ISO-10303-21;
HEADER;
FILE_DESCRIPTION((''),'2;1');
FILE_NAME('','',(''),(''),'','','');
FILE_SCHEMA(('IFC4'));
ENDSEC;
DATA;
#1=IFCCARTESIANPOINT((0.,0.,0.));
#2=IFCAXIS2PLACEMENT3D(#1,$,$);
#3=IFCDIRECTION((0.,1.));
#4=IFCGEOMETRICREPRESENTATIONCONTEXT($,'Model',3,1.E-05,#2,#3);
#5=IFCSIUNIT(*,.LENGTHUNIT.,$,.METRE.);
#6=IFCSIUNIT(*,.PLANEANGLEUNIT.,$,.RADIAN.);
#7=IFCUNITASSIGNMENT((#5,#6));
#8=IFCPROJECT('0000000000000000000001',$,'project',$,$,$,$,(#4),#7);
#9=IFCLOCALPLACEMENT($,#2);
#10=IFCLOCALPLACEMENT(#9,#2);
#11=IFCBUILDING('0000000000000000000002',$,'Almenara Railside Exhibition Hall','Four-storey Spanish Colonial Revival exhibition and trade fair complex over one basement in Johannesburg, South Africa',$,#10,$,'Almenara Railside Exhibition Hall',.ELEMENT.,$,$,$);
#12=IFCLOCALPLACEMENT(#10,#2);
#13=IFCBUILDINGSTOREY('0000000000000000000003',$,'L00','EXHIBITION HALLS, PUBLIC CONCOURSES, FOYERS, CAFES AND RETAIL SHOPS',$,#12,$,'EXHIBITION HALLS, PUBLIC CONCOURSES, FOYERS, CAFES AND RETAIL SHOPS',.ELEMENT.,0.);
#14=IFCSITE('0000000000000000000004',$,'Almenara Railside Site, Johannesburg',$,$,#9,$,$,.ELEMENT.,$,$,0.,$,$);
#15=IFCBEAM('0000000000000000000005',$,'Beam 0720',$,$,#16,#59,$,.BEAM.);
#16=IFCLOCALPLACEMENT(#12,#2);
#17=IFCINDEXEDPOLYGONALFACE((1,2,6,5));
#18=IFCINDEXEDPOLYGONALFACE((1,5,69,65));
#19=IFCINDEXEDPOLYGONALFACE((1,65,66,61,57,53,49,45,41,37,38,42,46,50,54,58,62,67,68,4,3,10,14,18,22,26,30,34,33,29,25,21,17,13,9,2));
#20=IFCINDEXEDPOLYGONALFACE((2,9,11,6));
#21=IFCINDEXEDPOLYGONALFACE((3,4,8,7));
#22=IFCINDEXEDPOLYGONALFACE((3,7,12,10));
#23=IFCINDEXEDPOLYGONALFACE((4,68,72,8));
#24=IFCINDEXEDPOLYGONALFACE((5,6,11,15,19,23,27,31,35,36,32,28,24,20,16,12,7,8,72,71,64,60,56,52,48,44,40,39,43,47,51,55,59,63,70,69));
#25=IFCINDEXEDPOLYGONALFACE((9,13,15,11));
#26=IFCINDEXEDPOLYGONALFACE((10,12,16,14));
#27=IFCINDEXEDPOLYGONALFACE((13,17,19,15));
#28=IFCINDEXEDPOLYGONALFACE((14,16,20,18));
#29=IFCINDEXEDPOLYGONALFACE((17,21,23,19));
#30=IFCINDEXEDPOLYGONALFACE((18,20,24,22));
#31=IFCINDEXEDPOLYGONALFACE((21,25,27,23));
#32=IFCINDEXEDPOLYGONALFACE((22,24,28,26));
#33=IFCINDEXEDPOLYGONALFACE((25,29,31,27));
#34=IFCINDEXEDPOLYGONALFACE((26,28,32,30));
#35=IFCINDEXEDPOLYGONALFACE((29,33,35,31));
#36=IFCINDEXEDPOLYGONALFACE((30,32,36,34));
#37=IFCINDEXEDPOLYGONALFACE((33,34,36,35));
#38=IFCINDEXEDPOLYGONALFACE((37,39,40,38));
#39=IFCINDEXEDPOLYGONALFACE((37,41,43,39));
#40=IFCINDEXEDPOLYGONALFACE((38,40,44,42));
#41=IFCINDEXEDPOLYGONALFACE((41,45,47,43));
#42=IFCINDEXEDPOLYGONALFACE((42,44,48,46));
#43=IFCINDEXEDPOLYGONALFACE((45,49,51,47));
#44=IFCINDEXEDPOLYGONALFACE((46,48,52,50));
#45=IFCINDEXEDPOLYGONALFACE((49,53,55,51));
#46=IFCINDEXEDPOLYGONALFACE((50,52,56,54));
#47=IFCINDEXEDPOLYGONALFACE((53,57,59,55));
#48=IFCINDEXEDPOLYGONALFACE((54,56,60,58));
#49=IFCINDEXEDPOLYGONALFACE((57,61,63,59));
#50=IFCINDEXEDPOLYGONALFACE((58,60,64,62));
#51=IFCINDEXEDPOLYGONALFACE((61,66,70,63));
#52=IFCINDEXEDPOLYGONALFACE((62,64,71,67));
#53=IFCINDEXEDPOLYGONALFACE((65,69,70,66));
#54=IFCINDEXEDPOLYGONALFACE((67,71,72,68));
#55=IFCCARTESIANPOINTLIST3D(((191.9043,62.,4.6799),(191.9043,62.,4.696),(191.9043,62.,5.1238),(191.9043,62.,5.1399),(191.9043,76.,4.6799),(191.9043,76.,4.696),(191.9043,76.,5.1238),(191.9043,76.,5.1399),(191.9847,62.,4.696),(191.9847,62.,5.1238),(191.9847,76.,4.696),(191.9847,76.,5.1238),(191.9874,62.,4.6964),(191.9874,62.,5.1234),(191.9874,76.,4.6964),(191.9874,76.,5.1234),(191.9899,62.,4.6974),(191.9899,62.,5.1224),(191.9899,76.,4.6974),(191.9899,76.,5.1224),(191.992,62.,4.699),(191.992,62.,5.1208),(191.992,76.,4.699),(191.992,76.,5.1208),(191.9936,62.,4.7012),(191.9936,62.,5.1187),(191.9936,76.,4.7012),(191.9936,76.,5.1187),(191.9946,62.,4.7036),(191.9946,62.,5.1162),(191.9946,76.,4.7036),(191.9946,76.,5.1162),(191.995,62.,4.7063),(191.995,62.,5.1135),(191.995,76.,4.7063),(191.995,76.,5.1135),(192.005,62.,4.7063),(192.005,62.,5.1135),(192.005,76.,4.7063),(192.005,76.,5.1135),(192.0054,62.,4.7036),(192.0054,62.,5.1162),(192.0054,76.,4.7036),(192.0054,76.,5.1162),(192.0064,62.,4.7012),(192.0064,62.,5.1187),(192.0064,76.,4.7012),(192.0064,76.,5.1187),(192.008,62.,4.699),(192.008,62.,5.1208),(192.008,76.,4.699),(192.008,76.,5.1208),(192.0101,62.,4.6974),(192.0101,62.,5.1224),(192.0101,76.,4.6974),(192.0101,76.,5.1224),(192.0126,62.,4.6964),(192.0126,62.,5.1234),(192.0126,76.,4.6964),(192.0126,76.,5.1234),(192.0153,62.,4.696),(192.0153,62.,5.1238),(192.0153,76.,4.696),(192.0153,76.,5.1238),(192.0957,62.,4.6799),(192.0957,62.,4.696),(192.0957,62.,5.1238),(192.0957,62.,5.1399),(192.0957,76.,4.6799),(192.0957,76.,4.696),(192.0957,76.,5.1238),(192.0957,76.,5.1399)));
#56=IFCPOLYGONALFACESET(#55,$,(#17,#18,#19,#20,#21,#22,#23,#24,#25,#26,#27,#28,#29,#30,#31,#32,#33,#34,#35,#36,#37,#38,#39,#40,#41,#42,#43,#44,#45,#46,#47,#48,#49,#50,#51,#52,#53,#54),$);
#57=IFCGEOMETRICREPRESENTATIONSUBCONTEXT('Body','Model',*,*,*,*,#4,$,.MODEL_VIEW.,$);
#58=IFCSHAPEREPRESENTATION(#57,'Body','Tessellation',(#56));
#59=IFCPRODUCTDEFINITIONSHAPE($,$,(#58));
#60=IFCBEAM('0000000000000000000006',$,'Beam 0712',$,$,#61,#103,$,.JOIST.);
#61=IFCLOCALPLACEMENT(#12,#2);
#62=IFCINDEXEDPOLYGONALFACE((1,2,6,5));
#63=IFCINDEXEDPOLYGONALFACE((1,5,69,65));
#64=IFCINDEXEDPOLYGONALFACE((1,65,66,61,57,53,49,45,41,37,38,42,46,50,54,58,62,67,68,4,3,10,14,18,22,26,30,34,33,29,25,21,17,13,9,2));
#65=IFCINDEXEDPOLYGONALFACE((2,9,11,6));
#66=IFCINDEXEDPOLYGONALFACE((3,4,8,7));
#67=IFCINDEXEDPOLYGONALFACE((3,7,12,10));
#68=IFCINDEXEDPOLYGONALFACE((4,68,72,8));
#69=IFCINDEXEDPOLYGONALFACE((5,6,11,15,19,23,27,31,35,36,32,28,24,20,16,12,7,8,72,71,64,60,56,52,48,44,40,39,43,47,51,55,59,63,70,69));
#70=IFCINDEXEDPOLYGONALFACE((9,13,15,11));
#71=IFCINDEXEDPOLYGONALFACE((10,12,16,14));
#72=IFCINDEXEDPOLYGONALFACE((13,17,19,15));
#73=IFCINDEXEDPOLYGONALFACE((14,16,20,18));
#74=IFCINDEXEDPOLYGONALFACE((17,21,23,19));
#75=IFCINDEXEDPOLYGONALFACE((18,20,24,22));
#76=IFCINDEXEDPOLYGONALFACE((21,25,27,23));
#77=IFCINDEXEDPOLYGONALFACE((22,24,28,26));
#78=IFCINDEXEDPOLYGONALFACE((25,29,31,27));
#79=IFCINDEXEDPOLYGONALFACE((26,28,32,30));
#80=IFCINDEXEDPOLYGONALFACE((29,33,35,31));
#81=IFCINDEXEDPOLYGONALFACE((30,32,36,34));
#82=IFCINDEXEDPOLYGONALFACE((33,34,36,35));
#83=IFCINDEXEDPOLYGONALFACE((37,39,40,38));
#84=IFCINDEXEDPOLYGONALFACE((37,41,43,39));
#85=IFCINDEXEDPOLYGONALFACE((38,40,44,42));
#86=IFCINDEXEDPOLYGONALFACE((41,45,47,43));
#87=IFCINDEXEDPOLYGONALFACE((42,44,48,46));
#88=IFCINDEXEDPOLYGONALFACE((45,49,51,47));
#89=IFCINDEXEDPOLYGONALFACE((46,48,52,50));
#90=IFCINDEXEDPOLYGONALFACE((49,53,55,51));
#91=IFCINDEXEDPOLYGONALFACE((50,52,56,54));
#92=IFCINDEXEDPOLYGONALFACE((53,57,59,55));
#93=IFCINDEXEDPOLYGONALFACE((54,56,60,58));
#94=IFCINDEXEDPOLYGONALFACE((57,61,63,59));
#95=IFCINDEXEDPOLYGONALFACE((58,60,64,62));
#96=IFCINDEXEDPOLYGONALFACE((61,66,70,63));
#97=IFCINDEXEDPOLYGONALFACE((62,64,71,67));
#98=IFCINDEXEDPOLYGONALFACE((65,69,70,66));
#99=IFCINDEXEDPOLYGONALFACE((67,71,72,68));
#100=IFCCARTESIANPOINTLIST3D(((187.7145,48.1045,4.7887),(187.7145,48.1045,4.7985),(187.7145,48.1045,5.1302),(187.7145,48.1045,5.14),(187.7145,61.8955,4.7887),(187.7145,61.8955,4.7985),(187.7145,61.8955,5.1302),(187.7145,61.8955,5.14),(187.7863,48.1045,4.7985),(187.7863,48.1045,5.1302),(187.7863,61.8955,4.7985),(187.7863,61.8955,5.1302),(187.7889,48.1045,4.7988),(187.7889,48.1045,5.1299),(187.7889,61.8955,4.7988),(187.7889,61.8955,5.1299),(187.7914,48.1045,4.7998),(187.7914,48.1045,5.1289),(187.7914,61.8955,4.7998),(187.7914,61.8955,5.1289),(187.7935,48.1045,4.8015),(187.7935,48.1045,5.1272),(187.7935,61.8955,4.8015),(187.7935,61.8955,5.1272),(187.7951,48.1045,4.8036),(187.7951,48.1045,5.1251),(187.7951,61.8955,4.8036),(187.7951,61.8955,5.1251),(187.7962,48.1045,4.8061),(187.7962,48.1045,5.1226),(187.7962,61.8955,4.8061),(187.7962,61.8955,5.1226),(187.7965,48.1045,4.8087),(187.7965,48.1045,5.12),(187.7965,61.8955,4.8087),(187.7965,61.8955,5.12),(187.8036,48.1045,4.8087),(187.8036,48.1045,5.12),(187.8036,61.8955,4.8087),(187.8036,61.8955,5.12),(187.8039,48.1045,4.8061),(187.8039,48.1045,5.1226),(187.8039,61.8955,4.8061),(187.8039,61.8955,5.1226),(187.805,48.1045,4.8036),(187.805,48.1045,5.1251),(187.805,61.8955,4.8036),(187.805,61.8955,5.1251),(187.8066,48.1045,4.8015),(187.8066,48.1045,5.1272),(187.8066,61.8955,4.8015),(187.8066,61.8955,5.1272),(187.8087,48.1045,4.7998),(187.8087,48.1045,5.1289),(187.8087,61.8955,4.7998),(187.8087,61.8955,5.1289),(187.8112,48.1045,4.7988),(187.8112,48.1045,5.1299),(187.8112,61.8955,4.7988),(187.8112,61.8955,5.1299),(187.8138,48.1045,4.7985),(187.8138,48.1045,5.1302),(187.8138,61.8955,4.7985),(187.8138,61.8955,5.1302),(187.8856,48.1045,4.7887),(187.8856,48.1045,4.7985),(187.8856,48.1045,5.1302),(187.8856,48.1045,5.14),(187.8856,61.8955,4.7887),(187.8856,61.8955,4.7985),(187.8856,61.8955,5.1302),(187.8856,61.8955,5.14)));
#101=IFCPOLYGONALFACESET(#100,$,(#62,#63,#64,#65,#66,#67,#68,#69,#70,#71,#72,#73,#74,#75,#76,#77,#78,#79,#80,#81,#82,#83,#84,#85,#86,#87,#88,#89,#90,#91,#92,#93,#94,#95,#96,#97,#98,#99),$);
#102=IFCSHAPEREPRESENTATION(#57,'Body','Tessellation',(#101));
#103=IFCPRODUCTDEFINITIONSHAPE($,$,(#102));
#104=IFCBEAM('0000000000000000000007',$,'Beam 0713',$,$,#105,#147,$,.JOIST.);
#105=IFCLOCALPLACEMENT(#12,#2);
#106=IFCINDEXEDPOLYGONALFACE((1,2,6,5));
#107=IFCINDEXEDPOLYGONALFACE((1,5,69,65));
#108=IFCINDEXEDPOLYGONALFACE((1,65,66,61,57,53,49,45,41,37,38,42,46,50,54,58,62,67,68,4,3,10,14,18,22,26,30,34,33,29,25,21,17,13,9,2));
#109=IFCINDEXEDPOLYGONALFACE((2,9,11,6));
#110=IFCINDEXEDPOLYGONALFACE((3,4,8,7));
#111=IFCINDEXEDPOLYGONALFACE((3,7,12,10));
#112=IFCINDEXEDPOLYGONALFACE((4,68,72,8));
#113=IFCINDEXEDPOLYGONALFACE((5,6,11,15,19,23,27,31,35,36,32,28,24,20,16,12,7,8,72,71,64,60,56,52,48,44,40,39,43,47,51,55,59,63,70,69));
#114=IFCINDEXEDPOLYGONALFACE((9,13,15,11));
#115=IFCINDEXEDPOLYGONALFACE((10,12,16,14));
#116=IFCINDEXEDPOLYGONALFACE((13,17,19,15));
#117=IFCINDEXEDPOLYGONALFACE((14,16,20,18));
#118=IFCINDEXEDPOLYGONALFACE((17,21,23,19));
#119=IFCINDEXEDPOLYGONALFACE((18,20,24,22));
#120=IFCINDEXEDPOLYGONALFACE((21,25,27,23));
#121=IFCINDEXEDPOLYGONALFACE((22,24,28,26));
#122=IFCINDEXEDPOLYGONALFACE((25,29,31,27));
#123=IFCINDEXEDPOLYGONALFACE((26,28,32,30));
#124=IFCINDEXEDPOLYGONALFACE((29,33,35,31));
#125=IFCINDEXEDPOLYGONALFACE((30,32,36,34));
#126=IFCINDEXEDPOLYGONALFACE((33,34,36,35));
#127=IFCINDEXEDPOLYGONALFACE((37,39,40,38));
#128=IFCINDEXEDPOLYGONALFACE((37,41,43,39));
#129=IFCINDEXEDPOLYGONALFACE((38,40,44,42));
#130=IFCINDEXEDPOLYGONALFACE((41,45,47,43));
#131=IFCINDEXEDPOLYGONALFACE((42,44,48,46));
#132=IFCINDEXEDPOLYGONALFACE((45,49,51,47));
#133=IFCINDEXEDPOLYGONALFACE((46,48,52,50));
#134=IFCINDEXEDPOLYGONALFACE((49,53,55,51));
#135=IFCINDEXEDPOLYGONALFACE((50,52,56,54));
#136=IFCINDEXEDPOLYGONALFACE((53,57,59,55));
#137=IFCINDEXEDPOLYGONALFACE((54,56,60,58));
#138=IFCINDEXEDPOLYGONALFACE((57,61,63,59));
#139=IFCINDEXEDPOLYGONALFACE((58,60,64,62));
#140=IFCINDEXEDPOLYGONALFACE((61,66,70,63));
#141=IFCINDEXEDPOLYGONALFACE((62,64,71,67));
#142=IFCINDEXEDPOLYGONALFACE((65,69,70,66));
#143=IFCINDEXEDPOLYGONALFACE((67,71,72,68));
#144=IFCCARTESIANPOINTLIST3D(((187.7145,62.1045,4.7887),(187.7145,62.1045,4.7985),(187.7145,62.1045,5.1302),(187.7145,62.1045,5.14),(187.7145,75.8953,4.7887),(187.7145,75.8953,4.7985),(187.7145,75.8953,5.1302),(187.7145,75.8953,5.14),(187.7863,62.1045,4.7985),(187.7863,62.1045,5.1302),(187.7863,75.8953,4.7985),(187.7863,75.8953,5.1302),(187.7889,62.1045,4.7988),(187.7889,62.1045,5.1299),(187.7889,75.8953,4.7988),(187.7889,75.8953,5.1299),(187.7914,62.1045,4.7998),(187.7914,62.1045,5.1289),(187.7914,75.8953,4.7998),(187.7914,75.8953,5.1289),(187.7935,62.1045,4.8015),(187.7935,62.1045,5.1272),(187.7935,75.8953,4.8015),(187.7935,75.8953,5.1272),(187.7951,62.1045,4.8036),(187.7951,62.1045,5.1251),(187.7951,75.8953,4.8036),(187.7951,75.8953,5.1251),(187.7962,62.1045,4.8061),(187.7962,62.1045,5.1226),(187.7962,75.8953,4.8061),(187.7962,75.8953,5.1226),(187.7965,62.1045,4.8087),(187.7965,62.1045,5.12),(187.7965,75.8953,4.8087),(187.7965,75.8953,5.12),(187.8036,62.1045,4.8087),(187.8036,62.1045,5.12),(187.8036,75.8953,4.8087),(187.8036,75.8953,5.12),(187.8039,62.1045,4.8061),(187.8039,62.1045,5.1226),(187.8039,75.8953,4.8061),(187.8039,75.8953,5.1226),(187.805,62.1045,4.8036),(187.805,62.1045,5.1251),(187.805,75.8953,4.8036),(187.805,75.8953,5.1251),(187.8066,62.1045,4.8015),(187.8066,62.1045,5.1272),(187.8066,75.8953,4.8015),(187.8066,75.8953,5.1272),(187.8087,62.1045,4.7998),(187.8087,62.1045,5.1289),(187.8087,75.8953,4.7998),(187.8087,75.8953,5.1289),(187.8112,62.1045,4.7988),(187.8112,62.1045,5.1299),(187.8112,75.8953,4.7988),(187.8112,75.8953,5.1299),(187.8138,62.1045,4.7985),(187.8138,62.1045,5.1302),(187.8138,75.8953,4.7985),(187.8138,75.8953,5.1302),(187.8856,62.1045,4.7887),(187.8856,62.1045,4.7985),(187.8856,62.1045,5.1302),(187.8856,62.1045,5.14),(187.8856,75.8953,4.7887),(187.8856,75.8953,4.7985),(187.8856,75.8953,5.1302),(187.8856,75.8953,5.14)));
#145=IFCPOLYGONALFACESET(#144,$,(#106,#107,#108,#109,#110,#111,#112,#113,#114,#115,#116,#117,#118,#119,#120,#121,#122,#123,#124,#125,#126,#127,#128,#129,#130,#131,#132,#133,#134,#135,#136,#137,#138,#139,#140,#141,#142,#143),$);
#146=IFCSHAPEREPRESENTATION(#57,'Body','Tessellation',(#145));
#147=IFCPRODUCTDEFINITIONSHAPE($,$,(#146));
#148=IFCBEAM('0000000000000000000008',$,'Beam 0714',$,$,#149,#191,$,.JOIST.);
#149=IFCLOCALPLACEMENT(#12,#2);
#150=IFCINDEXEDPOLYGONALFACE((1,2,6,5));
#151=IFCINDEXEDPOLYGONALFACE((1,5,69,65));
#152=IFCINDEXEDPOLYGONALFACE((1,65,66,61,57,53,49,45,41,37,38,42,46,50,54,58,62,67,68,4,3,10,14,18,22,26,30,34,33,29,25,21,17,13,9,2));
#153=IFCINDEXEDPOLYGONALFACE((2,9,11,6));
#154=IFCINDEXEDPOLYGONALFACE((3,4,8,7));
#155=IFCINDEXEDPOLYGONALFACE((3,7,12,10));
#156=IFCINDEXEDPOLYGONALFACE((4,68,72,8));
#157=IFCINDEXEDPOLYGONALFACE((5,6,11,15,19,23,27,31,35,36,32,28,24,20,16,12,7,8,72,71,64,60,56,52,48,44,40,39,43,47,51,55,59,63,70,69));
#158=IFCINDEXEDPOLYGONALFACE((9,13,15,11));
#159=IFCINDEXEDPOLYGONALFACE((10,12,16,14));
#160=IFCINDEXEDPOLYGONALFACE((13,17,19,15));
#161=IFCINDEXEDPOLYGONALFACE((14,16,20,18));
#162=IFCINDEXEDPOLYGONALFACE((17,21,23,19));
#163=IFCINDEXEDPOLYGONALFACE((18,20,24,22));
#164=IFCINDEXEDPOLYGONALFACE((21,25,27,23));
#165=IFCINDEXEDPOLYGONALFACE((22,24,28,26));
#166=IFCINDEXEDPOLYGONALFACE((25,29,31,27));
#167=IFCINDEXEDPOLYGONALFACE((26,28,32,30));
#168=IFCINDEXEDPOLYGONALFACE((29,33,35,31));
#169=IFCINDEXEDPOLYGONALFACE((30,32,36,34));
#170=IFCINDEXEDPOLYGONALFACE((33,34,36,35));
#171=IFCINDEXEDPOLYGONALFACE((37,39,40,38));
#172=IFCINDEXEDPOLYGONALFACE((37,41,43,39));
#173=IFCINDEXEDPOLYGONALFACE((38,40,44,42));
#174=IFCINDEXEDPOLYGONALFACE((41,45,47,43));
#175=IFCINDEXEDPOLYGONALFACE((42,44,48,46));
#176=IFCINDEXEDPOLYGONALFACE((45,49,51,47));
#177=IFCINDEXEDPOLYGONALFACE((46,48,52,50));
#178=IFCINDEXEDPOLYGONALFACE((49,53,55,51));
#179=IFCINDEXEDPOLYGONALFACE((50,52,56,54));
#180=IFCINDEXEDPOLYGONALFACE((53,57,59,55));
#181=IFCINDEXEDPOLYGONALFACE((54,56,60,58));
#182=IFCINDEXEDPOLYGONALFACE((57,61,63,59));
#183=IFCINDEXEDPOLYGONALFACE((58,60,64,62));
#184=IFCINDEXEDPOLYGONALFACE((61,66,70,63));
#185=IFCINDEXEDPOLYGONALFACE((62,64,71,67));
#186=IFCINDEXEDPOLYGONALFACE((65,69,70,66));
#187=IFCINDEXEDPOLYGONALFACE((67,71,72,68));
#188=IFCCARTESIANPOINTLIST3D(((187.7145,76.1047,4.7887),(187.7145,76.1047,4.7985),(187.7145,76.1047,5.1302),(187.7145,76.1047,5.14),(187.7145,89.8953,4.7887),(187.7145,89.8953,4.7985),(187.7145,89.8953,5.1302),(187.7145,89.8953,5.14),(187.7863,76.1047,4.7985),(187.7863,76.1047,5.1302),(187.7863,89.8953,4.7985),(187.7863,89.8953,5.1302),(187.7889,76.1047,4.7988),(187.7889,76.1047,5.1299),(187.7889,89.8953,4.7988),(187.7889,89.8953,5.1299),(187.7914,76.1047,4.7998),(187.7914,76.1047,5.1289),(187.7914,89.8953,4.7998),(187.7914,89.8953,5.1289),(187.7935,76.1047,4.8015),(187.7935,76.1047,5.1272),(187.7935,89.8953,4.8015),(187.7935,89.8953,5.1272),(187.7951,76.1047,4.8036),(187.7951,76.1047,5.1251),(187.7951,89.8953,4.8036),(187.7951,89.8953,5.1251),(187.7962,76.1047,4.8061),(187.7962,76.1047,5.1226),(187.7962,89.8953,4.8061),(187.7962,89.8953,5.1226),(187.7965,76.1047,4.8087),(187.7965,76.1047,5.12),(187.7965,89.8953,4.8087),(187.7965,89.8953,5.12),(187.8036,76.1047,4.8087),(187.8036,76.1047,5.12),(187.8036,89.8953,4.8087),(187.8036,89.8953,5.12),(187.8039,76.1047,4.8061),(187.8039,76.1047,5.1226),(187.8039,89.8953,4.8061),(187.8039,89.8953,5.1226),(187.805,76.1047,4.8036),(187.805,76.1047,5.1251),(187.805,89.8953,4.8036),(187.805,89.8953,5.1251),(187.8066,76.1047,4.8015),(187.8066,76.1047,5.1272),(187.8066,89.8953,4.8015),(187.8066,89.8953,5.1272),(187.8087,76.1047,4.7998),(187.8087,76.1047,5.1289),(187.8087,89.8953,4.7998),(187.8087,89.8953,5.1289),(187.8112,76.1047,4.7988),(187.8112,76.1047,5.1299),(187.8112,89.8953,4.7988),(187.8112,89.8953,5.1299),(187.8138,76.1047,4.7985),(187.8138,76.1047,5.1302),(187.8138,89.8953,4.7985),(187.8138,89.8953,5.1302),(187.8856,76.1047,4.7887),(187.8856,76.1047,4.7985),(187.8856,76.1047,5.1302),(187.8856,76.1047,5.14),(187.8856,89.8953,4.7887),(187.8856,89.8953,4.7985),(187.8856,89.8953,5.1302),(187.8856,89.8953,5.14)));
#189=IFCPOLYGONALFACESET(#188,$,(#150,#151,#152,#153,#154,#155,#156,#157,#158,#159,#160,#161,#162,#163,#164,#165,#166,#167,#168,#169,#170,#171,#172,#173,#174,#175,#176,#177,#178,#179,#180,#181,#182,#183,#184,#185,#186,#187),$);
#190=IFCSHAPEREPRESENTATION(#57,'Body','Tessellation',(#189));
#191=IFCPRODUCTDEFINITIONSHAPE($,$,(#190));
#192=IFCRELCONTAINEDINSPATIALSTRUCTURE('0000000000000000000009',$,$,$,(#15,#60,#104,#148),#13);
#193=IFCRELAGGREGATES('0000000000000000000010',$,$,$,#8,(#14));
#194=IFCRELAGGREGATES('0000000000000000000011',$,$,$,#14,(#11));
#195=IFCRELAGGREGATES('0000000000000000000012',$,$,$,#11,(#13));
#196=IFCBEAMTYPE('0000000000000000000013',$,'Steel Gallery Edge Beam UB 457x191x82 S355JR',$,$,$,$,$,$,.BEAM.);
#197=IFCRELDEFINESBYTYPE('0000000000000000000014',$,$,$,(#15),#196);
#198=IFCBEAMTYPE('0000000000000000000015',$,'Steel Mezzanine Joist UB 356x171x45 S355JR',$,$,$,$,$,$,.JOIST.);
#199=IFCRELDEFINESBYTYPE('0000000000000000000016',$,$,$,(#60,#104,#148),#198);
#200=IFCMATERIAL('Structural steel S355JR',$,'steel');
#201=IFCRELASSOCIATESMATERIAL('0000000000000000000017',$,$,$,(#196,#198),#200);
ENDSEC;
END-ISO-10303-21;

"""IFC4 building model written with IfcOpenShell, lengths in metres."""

from ifc_helpers import new_model, si_unit, direction, frame, origin, origin_2d, place, context, subcontext, project, spatial, i_section, extrude, material, material_profile, profile_set, type_object, element, save


model = new_model("IFC4")

# Units and contexts
model_context = context("Model", 3, precision=1e-05, world=origin(), true_north=direction((0.0, 1.0)))
body_context = subcontext(model_context, "Body", "Model", "MODEL_VIEW")
ifc_project = project(units=[si_unit("LENGTHUNIT", "METRE"), si_unit("PLANEANGLEUNIT", "RADIAN")], contexts=[model_context])

# Site, building, storey
site_placement = place(None, origin())
site = spatial("IfcSite", under=ifc_project, at=site_placement, Name="Almenara Railside Site, Johannesburg", CompositionType="ELEMENT", RefElevation=0.0)
building_placement = place(site_placement, origin())
building = spatial("IfcBuilding", under=site, at=building_placement, Name="Almenara Railside Exhibition Hall", Description="Four-storey Spanish Colonial Revival exhibition and trade fair complex over one basement in Johannesburg, South Africa", LongName="Almenara Railside Exhibition Hall", CompositionType="ELEMENT")
storey_placement = place(building_placement, origin())
storey = spatial("IfcBuildingStorey", under=building, at=storey_placement, Name="L00", Description="EXHIBITION HALLS, PUBLIC CONCOURSES, FOYERS, CAFES AND RETAIL SHOPS", LongName="EXHIBITION HALLS, PUBLIC CONCOURSES, FOYERS, CAFES AND RETAIL SHOPS", CompositionType="ELEMENT", Elevation=0.0)

# Beams
ifc_material_1 = material(Name="Structural steel S355JR", Category="steel")
ifc_material_profile_1 = material_profile(ifc_material_1, i_section(OverallWidth=0.1914, OverallDepth=0.46, WebThickness=0.01, FlangeThickness=0.0161, FilletRadius=0.0103, at=origin_2d()), Name="UB 457x191x82")
ifc_profile_set_1 = profile_set([ifc_material_profile_1], Name="Structural steel S355JR")
beam_type_1 = type_object("IfcBeamType", Name="Steel Gallery Edge Beam UB 457x191x82 S355JR", PredefinedType="BEAM", material=ifc_profile_set_1)
for number, where, z_axis, x_axis, name in (
    (1, (192.0, 62.0, 4.9099), (0.0, 1.0, 0.0), (-1.0, 0.0, 0.0), "Beam 0720"),
):
    element("IfcBeam", number, at=place(storey_placement, frame(where, z_axis=z_axis, x_axis=x_axis)), inside=storey, type_object=beam_type_1, Name=name, PredefinedType="BEAM", context=body_context, shape_type="SweptSolid", body=[
        extrude(i_section(OverallWidth=0.1914, OverallDepth=0.46, WebThickness=0.01, FlangeThickness=0.0161, FilletRadius=0.0103, at=origin_2d()), origin(), (0.0, 0.0, 1.0), 14.0),
    ])
ifc_material_profile_2 = material_profile(ifc_material_1, i_section(OverallWidth=0.1711, OverallDepth=0.3513, WebThickness=0.0071, FlangeThickness=0.0098, FilletRadius=0.0103, at=origin_2d()), Name="UB 356x171x45")
ifc_profile_set_2 = profile_set([ifc_material_profile_2], Name="Structural steel S355JR")
beam_type_2 = type_object("IfcBeamType", Name="Steel Mezzanine Joist UB 356x171x45 S355JR", PredefinedType="JOIST", material=ifc_profile_set_2)
beam_1_placement = place(storey_placement, frame((187.8, 48.1045, 4.9644), z_axis=(0.0, 1.0, 0.0), x_axis=(-1.0, 0.0, 0.0)))
element("IfcBeam", 2, at=beam_1_placement, inside=storey, type_object=beam_type_2, Name="Beam 0712", PredefinedType="JOIST", context=body_context, shape_type="SweptSolid", body=[
    extrude(i_section(OverallWidth=0.1711, OverallDepth=0.3513, WebThickness=0.0071, FlangeThickness=0.0098, FilletRadius=0.0103, at=origin_2d()), origin(), (0.0, 0.0, 1.0), 13.791),
])
beam_2_placement = place(storey_placement, frame((187.8, 62.1045, 4.9644), z_axis=(0.0, 1.0, 0.0), x_axis=(-1.0, 0.0, 0.0)))
element("IfcBeam", 3, at=beam_2_placement, inside=storey, type_object=beam_type_2, Name="Beam 0713", PredefinedType="JOIST", context=body_context, shape_type="SweptSolid", body=[
    extrude(i_section(OverallWidth=0.1711, OverallDepth=0.3513, WebThickness=0.0071, FlangeThickness=0.0098, FilletRadius=0.0103, at=origin_2d()), origin(), (0.0, 0.0, 1.0), 13.7908),
])
beam_3_placement = place(storey_placement, frame((187.8, 76.1047, 4.9644), z_axis=(0.0, 1.0, 0.0), x_axis=(-1.0, 0.0, 0.0)))
element("IfcBeam", 4, at=beam_3_placement, inside=storey, type_object=beam_type_2, Name="Beam 0714", PredefinedType="JOIST", context=body_context, shape_type="SweptSolid", body=[
    extrude(i_section(OverallWidth=0.1711, OverallDepth=0.3513, WebThickness=0.0071, FlangeThickness=0.0098, FilletRadius=0.0103, at=origin_2d()), origin(), (0.0, 0.0, 1.0), 13.7905),
])

save(model, "model.ifc")
